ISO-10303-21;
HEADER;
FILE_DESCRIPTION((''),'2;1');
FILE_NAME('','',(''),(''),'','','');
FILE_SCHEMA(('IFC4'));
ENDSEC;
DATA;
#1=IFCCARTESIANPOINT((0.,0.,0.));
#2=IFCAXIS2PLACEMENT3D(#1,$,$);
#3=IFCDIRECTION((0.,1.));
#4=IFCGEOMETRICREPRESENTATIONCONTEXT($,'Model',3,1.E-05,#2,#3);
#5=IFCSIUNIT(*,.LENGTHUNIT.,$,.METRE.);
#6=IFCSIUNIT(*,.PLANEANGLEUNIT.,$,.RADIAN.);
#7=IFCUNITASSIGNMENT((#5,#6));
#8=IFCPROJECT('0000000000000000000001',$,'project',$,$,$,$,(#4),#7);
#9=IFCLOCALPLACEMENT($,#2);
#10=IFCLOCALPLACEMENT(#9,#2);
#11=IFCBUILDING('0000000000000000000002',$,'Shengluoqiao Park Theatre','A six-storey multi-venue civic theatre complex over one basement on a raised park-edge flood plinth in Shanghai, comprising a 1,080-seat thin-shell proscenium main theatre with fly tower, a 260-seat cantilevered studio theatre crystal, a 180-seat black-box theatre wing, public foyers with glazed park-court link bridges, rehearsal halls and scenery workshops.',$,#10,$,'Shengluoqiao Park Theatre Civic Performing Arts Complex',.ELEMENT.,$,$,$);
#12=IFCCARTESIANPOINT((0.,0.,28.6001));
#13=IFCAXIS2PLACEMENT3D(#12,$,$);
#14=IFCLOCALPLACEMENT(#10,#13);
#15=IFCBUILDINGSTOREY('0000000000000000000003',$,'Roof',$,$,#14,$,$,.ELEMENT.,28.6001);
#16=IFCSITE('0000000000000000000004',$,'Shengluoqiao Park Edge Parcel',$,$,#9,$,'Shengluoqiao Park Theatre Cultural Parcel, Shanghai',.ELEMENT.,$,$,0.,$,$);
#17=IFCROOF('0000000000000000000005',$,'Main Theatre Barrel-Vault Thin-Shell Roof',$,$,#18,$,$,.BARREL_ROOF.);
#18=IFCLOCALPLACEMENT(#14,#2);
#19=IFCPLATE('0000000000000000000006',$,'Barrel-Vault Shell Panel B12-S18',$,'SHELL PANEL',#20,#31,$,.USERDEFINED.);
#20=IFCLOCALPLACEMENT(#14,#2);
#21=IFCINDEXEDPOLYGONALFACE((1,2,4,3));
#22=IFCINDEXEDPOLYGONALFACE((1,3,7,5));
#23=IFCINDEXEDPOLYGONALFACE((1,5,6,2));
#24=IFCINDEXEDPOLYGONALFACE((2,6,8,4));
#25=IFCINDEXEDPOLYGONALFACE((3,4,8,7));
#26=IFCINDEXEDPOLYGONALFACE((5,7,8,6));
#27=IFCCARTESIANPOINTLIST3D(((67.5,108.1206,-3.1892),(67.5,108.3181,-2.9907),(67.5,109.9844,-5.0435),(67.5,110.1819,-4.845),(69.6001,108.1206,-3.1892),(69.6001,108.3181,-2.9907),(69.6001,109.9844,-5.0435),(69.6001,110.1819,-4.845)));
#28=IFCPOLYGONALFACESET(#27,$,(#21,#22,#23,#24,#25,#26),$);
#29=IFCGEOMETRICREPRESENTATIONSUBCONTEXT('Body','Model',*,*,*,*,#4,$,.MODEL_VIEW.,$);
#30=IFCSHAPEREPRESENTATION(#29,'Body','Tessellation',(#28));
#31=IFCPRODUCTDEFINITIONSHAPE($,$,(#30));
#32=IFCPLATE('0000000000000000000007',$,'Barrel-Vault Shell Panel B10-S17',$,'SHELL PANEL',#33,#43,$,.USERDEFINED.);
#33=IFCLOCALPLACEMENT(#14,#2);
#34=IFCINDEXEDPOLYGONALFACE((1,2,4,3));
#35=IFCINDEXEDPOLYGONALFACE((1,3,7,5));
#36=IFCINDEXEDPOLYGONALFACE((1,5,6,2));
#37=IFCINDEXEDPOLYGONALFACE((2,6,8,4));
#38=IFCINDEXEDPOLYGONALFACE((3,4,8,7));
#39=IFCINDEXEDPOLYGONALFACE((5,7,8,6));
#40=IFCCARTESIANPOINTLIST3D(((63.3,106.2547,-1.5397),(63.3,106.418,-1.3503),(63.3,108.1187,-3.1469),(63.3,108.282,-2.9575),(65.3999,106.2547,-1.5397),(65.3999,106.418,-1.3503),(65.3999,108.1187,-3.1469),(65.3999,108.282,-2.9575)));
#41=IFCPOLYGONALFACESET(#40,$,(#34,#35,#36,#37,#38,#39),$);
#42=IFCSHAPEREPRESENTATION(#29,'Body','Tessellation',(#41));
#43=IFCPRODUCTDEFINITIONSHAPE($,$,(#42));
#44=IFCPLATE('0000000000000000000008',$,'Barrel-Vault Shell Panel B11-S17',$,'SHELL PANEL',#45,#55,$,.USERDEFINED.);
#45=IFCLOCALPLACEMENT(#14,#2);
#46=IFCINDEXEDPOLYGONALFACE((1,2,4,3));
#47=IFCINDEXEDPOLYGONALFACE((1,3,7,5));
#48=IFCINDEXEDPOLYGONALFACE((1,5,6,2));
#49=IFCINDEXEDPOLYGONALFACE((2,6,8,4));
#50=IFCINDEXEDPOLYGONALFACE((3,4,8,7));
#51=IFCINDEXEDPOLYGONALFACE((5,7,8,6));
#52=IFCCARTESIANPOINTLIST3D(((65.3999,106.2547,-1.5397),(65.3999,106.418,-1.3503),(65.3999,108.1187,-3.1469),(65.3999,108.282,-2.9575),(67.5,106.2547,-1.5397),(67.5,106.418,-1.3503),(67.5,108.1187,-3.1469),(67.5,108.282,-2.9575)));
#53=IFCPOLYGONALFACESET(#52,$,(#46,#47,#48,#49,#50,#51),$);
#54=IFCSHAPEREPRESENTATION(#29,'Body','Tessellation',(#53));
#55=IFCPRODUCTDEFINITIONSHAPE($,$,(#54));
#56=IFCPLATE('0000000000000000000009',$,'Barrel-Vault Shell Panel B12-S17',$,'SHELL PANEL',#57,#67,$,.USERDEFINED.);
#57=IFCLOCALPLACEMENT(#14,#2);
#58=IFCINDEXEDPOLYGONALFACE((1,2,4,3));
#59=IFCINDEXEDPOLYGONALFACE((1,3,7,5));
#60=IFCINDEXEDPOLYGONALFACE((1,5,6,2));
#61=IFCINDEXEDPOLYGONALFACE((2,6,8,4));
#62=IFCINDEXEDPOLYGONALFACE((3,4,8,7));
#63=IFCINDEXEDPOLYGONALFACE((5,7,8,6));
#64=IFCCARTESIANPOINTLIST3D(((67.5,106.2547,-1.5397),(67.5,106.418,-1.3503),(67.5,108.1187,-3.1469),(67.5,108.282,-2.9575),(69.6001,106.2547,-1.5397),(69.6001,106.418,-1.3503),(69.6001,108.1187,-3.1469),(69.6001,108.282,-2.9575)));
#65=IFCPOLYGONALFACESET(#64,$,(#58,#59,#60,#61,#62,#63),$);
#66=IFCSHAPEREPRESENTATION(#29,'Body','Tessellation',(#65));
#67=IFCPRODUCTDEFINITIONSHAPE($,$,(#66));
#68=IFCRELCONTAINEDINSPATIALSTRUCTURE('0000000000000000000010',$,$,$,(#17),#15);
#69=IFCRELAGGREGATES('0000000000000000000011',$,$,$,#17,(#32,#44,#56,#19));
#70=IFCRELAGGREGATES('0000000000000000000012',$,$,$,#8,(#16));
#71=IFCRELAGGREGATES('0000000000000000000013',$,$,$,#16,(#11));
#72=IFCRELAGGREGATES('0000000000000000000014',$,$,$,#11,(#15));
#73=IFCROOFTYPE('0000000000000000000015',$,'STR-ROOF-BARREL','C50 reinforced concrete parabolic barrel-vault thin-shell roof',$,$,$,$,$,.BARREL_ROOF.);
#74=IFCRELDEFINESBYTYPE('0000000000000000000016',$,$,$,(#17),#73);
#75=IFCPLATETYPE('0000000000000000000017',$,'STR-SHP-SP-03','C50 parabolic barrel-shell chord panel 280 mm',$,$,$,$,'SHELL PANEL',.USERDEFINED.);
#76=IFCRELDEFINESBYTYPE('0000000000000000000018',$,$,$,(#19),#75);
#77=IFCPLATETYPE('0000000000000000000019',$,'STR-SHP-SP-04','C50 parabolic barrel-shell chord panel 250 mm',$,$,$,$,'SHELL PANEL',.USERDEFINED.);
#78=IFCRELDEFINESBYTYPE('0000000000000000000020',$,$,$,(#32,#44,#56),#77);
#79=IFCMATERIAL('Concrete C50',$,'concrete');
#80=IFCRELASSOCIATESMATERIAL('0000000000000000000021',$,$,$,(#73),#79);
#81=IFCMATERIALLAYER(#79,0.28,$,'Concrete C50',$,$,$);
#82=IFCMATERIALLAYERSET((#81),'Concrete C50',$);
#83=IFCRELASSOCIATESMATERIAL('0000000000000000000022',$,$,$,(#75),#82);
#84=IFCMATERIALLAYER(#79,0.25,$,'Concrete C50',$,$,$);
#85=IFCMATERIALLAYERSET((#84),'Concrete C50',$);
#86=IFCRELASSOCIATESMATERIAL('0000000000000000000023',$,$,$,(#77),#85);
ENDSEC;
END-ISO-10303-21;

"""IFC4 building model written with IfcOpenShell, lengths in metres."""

from ifc_helpers import new_model, si_unit, direction, frame, origin, place, context, subcontext, project, spatial, polyline, outline, extrude, material, layer, layer_set, type_object, element, aggregate, save


model = new_model("IFC4")

# Units and contexts
model_context = context("Model", 3, precision=1e-05, world=origin(), true_north=direction((0.0, 1.0)))
body_context = subcontext(model_context, "Body", "Model", "MODEL_VIEW")
ifc_project = project(units=[si_unit("LENGTHUNIT", "METRE"), si_unit("PLANEANGLEUNIT", "RADIAN")], contexts=[model_context])

# Site, building, storey
site_placement = place(None, origin())
site = spatial("IfcSite", under=ifc_project, at=site_placement, Name="Shengluoqiao Park Edge Parcel", LongName="Shengluoqiao Park Theatre Cultural Parcel, Shanghai", CompositionType="ELEMENT", RefElevation=0.0)
building_placement = place(site_placement, origin())
building = spatial("IfcBuilding", under=site, at=building_placement, Name="Shengluoqiao Park Theatre", Description="A six-storey multi-venue civic theatre complex over one basement on a raised park-edge flood plinth in Shanghai, comprising a 1,080-seat thin-shell proscenium main theatre with fly tower, a 260-seat cantilevered studio theatre crystal, a 180-seat black-box theatre wing, public foyers with glazed park-court link bridges, rehearsal halls and scenery workshops.", LongName="Shengluoqiao Park Theatre Civic Performing Arts Complex", CompositionType="ELEMENT")
storey_placement = place(building_placement, frame((0.0, 0.0, 28.6001)))
storey = spatial("IfcBuildingStorey", under=building, at=storey_placement, Name="Roof", CompositionType="ELEMENT", Elevation=28.6001)

# Shared definitions
ifc_material_1 = material(Name="Concrete C50", Category="concrete")

# Roof, plates
roof_type = type_object("IfcRoofType", Name="STR-ROOF-BARREL", Description="C50 reinforced concrete parabolic barrel-vault thin-shell roof", PredefinedType="BARREL_ROOF", material=ifc_material_1)
roof_placement = place(storey_placement, origin())
roof = element("IfcRoof", 1, at=roof_placement, inside=storey, type_object=roof_type, Name="Main Theatre Barrel-Vault Thin-Shell Roof", PredefinedType="BARREL_ROOF")
ifc_layer_1 = layer(ifc_material_1, 0.28, Name="Concrete C50")
ifc_layer_set_1 = layer_set([ifc_layer_1], Name="Concrete C50")
plate_type_1 = type_object("IfcPlateType", Name="STR-SHP-SP-03", Description="C50 parabolic barrel-shell chord panel 280 mm", ElementType="SHELL PANEL", PredefinedType="USERDEFINED", material=ifc_layer_set_1)
plate_1_placement = place(storey_placement, frame((67.5, 108.3181, -2.9907), z_axis=(0.0, 0.705294, 0.708915), x_axis=(1.0, 0.0, 0.0)))
plate_1 = element("IfcPlate", 2, at=plate_1_placement, type_object=plate_type_1, Name="Barrel-Vault Shell Panel B12-S18", ObjectType="SHELL PANEL", PredefinedType="USERDEFINED", context=body_context, shape_type="SweptSolid", body=[
    extrude(outline(polyline([(0.0, 0.0), (2.1001, 0.0), (2.1001, 2.629), (0.0, 2.629), (0.0, 0.0)])), origin(), (0.0, 0.0, -1.0), 0.28),
])
ifc_layer_2 = layer(ifc_material_1, 0.25, Name="Concrete C50")
ifc_layer_set_2 = layer_set([ifc_layer_2], Name="Concrete C50")
plate_type_2 = type_object("IfcPlateType", Name="STR-SHP-SP-04", Description="C50 parabolic barrel-shell chord panel 250 mm", ElementType="SHELL PANEL", PredefinedType="USERDEFINED", material=ifc_layer_set_2)
plate_2_placement = place(storey_placement, frame((63.3, 106.418, -1.3503), z_axis=(0.0, 0.653002, 0.757356), x_axis=(1.0, 0.0, 0.0)))
plate_2 = element("IfcPlate", 3, at=plate_2_placement, type_object=plate_type_2, Name="Barrel-Vault Shell Panel B10-S17", ObjectType="SHELL PANEL", PredefinedType="USERDEFINED", context=body_context, shape_type="SweptSolid", body=[
    extrude(outline(polyline([(0.0, 0.0), (2.0999, 0.0), (2.0999, 2.4612), (0.0, 2.4612), (0.0, 0.0)])), origin(), (0.0, 0.0, -1.0), 0.25),
])
plate_3_placement = place(storey_placement, frame((65.3999, 106.418, -1.3503), z_axis=(0.0, 0.653002, 0.757356), x_axis=(1.0, 0.0, 0.0)))
plate_3 = element("IfcPlate", 4, at=plate_3_placement, type_object=plate_type_2, Name="Barrel-Vault Shell Panel B11-S17", ObjectType="SHELL PANEL", PredefinedType="USERDEFINED", context=body_context, shape_type="SweptSolid", body=[
    extrude(outline(polyline([(0.0, 0.0), (2.1001, 0.0), (2.1001, 2.4612), (0.0, 2.4612), (0.0, 0.0)])), origin(), (0.0, 0.0, -1.0), 0.25),
])
plate_4_placement = place(storey_placement, frame((67.5, 106.418, -1.3503), z_axis=(0.0, 0.653002, 0.757356), x_axis=(1.0, 0.0, 0.0)))
plate_4 = element("IfcPlate", 5, at=plate_4_placement, type_object=plate_type_2, Name="Barrel-Vault Shell Panel B12-S17", ObjectType="SHELL PANEL", PredefinedType="USERDEFINED", context=body_context, shape_type="SweptSolid", body=[
    extrude(outline(polyline([(0.0, 0.0), (2.1001, 0.0), (2.1001, 2.4612), (0.0, 2.4612), (0.0, 0.0)])), origin(), (0.0, 0.0, -1.0), 0.25),
])
aggregate(roof, [plate_2, plate_3, plate_4, plate_1])

save(model, "model.ifc")
